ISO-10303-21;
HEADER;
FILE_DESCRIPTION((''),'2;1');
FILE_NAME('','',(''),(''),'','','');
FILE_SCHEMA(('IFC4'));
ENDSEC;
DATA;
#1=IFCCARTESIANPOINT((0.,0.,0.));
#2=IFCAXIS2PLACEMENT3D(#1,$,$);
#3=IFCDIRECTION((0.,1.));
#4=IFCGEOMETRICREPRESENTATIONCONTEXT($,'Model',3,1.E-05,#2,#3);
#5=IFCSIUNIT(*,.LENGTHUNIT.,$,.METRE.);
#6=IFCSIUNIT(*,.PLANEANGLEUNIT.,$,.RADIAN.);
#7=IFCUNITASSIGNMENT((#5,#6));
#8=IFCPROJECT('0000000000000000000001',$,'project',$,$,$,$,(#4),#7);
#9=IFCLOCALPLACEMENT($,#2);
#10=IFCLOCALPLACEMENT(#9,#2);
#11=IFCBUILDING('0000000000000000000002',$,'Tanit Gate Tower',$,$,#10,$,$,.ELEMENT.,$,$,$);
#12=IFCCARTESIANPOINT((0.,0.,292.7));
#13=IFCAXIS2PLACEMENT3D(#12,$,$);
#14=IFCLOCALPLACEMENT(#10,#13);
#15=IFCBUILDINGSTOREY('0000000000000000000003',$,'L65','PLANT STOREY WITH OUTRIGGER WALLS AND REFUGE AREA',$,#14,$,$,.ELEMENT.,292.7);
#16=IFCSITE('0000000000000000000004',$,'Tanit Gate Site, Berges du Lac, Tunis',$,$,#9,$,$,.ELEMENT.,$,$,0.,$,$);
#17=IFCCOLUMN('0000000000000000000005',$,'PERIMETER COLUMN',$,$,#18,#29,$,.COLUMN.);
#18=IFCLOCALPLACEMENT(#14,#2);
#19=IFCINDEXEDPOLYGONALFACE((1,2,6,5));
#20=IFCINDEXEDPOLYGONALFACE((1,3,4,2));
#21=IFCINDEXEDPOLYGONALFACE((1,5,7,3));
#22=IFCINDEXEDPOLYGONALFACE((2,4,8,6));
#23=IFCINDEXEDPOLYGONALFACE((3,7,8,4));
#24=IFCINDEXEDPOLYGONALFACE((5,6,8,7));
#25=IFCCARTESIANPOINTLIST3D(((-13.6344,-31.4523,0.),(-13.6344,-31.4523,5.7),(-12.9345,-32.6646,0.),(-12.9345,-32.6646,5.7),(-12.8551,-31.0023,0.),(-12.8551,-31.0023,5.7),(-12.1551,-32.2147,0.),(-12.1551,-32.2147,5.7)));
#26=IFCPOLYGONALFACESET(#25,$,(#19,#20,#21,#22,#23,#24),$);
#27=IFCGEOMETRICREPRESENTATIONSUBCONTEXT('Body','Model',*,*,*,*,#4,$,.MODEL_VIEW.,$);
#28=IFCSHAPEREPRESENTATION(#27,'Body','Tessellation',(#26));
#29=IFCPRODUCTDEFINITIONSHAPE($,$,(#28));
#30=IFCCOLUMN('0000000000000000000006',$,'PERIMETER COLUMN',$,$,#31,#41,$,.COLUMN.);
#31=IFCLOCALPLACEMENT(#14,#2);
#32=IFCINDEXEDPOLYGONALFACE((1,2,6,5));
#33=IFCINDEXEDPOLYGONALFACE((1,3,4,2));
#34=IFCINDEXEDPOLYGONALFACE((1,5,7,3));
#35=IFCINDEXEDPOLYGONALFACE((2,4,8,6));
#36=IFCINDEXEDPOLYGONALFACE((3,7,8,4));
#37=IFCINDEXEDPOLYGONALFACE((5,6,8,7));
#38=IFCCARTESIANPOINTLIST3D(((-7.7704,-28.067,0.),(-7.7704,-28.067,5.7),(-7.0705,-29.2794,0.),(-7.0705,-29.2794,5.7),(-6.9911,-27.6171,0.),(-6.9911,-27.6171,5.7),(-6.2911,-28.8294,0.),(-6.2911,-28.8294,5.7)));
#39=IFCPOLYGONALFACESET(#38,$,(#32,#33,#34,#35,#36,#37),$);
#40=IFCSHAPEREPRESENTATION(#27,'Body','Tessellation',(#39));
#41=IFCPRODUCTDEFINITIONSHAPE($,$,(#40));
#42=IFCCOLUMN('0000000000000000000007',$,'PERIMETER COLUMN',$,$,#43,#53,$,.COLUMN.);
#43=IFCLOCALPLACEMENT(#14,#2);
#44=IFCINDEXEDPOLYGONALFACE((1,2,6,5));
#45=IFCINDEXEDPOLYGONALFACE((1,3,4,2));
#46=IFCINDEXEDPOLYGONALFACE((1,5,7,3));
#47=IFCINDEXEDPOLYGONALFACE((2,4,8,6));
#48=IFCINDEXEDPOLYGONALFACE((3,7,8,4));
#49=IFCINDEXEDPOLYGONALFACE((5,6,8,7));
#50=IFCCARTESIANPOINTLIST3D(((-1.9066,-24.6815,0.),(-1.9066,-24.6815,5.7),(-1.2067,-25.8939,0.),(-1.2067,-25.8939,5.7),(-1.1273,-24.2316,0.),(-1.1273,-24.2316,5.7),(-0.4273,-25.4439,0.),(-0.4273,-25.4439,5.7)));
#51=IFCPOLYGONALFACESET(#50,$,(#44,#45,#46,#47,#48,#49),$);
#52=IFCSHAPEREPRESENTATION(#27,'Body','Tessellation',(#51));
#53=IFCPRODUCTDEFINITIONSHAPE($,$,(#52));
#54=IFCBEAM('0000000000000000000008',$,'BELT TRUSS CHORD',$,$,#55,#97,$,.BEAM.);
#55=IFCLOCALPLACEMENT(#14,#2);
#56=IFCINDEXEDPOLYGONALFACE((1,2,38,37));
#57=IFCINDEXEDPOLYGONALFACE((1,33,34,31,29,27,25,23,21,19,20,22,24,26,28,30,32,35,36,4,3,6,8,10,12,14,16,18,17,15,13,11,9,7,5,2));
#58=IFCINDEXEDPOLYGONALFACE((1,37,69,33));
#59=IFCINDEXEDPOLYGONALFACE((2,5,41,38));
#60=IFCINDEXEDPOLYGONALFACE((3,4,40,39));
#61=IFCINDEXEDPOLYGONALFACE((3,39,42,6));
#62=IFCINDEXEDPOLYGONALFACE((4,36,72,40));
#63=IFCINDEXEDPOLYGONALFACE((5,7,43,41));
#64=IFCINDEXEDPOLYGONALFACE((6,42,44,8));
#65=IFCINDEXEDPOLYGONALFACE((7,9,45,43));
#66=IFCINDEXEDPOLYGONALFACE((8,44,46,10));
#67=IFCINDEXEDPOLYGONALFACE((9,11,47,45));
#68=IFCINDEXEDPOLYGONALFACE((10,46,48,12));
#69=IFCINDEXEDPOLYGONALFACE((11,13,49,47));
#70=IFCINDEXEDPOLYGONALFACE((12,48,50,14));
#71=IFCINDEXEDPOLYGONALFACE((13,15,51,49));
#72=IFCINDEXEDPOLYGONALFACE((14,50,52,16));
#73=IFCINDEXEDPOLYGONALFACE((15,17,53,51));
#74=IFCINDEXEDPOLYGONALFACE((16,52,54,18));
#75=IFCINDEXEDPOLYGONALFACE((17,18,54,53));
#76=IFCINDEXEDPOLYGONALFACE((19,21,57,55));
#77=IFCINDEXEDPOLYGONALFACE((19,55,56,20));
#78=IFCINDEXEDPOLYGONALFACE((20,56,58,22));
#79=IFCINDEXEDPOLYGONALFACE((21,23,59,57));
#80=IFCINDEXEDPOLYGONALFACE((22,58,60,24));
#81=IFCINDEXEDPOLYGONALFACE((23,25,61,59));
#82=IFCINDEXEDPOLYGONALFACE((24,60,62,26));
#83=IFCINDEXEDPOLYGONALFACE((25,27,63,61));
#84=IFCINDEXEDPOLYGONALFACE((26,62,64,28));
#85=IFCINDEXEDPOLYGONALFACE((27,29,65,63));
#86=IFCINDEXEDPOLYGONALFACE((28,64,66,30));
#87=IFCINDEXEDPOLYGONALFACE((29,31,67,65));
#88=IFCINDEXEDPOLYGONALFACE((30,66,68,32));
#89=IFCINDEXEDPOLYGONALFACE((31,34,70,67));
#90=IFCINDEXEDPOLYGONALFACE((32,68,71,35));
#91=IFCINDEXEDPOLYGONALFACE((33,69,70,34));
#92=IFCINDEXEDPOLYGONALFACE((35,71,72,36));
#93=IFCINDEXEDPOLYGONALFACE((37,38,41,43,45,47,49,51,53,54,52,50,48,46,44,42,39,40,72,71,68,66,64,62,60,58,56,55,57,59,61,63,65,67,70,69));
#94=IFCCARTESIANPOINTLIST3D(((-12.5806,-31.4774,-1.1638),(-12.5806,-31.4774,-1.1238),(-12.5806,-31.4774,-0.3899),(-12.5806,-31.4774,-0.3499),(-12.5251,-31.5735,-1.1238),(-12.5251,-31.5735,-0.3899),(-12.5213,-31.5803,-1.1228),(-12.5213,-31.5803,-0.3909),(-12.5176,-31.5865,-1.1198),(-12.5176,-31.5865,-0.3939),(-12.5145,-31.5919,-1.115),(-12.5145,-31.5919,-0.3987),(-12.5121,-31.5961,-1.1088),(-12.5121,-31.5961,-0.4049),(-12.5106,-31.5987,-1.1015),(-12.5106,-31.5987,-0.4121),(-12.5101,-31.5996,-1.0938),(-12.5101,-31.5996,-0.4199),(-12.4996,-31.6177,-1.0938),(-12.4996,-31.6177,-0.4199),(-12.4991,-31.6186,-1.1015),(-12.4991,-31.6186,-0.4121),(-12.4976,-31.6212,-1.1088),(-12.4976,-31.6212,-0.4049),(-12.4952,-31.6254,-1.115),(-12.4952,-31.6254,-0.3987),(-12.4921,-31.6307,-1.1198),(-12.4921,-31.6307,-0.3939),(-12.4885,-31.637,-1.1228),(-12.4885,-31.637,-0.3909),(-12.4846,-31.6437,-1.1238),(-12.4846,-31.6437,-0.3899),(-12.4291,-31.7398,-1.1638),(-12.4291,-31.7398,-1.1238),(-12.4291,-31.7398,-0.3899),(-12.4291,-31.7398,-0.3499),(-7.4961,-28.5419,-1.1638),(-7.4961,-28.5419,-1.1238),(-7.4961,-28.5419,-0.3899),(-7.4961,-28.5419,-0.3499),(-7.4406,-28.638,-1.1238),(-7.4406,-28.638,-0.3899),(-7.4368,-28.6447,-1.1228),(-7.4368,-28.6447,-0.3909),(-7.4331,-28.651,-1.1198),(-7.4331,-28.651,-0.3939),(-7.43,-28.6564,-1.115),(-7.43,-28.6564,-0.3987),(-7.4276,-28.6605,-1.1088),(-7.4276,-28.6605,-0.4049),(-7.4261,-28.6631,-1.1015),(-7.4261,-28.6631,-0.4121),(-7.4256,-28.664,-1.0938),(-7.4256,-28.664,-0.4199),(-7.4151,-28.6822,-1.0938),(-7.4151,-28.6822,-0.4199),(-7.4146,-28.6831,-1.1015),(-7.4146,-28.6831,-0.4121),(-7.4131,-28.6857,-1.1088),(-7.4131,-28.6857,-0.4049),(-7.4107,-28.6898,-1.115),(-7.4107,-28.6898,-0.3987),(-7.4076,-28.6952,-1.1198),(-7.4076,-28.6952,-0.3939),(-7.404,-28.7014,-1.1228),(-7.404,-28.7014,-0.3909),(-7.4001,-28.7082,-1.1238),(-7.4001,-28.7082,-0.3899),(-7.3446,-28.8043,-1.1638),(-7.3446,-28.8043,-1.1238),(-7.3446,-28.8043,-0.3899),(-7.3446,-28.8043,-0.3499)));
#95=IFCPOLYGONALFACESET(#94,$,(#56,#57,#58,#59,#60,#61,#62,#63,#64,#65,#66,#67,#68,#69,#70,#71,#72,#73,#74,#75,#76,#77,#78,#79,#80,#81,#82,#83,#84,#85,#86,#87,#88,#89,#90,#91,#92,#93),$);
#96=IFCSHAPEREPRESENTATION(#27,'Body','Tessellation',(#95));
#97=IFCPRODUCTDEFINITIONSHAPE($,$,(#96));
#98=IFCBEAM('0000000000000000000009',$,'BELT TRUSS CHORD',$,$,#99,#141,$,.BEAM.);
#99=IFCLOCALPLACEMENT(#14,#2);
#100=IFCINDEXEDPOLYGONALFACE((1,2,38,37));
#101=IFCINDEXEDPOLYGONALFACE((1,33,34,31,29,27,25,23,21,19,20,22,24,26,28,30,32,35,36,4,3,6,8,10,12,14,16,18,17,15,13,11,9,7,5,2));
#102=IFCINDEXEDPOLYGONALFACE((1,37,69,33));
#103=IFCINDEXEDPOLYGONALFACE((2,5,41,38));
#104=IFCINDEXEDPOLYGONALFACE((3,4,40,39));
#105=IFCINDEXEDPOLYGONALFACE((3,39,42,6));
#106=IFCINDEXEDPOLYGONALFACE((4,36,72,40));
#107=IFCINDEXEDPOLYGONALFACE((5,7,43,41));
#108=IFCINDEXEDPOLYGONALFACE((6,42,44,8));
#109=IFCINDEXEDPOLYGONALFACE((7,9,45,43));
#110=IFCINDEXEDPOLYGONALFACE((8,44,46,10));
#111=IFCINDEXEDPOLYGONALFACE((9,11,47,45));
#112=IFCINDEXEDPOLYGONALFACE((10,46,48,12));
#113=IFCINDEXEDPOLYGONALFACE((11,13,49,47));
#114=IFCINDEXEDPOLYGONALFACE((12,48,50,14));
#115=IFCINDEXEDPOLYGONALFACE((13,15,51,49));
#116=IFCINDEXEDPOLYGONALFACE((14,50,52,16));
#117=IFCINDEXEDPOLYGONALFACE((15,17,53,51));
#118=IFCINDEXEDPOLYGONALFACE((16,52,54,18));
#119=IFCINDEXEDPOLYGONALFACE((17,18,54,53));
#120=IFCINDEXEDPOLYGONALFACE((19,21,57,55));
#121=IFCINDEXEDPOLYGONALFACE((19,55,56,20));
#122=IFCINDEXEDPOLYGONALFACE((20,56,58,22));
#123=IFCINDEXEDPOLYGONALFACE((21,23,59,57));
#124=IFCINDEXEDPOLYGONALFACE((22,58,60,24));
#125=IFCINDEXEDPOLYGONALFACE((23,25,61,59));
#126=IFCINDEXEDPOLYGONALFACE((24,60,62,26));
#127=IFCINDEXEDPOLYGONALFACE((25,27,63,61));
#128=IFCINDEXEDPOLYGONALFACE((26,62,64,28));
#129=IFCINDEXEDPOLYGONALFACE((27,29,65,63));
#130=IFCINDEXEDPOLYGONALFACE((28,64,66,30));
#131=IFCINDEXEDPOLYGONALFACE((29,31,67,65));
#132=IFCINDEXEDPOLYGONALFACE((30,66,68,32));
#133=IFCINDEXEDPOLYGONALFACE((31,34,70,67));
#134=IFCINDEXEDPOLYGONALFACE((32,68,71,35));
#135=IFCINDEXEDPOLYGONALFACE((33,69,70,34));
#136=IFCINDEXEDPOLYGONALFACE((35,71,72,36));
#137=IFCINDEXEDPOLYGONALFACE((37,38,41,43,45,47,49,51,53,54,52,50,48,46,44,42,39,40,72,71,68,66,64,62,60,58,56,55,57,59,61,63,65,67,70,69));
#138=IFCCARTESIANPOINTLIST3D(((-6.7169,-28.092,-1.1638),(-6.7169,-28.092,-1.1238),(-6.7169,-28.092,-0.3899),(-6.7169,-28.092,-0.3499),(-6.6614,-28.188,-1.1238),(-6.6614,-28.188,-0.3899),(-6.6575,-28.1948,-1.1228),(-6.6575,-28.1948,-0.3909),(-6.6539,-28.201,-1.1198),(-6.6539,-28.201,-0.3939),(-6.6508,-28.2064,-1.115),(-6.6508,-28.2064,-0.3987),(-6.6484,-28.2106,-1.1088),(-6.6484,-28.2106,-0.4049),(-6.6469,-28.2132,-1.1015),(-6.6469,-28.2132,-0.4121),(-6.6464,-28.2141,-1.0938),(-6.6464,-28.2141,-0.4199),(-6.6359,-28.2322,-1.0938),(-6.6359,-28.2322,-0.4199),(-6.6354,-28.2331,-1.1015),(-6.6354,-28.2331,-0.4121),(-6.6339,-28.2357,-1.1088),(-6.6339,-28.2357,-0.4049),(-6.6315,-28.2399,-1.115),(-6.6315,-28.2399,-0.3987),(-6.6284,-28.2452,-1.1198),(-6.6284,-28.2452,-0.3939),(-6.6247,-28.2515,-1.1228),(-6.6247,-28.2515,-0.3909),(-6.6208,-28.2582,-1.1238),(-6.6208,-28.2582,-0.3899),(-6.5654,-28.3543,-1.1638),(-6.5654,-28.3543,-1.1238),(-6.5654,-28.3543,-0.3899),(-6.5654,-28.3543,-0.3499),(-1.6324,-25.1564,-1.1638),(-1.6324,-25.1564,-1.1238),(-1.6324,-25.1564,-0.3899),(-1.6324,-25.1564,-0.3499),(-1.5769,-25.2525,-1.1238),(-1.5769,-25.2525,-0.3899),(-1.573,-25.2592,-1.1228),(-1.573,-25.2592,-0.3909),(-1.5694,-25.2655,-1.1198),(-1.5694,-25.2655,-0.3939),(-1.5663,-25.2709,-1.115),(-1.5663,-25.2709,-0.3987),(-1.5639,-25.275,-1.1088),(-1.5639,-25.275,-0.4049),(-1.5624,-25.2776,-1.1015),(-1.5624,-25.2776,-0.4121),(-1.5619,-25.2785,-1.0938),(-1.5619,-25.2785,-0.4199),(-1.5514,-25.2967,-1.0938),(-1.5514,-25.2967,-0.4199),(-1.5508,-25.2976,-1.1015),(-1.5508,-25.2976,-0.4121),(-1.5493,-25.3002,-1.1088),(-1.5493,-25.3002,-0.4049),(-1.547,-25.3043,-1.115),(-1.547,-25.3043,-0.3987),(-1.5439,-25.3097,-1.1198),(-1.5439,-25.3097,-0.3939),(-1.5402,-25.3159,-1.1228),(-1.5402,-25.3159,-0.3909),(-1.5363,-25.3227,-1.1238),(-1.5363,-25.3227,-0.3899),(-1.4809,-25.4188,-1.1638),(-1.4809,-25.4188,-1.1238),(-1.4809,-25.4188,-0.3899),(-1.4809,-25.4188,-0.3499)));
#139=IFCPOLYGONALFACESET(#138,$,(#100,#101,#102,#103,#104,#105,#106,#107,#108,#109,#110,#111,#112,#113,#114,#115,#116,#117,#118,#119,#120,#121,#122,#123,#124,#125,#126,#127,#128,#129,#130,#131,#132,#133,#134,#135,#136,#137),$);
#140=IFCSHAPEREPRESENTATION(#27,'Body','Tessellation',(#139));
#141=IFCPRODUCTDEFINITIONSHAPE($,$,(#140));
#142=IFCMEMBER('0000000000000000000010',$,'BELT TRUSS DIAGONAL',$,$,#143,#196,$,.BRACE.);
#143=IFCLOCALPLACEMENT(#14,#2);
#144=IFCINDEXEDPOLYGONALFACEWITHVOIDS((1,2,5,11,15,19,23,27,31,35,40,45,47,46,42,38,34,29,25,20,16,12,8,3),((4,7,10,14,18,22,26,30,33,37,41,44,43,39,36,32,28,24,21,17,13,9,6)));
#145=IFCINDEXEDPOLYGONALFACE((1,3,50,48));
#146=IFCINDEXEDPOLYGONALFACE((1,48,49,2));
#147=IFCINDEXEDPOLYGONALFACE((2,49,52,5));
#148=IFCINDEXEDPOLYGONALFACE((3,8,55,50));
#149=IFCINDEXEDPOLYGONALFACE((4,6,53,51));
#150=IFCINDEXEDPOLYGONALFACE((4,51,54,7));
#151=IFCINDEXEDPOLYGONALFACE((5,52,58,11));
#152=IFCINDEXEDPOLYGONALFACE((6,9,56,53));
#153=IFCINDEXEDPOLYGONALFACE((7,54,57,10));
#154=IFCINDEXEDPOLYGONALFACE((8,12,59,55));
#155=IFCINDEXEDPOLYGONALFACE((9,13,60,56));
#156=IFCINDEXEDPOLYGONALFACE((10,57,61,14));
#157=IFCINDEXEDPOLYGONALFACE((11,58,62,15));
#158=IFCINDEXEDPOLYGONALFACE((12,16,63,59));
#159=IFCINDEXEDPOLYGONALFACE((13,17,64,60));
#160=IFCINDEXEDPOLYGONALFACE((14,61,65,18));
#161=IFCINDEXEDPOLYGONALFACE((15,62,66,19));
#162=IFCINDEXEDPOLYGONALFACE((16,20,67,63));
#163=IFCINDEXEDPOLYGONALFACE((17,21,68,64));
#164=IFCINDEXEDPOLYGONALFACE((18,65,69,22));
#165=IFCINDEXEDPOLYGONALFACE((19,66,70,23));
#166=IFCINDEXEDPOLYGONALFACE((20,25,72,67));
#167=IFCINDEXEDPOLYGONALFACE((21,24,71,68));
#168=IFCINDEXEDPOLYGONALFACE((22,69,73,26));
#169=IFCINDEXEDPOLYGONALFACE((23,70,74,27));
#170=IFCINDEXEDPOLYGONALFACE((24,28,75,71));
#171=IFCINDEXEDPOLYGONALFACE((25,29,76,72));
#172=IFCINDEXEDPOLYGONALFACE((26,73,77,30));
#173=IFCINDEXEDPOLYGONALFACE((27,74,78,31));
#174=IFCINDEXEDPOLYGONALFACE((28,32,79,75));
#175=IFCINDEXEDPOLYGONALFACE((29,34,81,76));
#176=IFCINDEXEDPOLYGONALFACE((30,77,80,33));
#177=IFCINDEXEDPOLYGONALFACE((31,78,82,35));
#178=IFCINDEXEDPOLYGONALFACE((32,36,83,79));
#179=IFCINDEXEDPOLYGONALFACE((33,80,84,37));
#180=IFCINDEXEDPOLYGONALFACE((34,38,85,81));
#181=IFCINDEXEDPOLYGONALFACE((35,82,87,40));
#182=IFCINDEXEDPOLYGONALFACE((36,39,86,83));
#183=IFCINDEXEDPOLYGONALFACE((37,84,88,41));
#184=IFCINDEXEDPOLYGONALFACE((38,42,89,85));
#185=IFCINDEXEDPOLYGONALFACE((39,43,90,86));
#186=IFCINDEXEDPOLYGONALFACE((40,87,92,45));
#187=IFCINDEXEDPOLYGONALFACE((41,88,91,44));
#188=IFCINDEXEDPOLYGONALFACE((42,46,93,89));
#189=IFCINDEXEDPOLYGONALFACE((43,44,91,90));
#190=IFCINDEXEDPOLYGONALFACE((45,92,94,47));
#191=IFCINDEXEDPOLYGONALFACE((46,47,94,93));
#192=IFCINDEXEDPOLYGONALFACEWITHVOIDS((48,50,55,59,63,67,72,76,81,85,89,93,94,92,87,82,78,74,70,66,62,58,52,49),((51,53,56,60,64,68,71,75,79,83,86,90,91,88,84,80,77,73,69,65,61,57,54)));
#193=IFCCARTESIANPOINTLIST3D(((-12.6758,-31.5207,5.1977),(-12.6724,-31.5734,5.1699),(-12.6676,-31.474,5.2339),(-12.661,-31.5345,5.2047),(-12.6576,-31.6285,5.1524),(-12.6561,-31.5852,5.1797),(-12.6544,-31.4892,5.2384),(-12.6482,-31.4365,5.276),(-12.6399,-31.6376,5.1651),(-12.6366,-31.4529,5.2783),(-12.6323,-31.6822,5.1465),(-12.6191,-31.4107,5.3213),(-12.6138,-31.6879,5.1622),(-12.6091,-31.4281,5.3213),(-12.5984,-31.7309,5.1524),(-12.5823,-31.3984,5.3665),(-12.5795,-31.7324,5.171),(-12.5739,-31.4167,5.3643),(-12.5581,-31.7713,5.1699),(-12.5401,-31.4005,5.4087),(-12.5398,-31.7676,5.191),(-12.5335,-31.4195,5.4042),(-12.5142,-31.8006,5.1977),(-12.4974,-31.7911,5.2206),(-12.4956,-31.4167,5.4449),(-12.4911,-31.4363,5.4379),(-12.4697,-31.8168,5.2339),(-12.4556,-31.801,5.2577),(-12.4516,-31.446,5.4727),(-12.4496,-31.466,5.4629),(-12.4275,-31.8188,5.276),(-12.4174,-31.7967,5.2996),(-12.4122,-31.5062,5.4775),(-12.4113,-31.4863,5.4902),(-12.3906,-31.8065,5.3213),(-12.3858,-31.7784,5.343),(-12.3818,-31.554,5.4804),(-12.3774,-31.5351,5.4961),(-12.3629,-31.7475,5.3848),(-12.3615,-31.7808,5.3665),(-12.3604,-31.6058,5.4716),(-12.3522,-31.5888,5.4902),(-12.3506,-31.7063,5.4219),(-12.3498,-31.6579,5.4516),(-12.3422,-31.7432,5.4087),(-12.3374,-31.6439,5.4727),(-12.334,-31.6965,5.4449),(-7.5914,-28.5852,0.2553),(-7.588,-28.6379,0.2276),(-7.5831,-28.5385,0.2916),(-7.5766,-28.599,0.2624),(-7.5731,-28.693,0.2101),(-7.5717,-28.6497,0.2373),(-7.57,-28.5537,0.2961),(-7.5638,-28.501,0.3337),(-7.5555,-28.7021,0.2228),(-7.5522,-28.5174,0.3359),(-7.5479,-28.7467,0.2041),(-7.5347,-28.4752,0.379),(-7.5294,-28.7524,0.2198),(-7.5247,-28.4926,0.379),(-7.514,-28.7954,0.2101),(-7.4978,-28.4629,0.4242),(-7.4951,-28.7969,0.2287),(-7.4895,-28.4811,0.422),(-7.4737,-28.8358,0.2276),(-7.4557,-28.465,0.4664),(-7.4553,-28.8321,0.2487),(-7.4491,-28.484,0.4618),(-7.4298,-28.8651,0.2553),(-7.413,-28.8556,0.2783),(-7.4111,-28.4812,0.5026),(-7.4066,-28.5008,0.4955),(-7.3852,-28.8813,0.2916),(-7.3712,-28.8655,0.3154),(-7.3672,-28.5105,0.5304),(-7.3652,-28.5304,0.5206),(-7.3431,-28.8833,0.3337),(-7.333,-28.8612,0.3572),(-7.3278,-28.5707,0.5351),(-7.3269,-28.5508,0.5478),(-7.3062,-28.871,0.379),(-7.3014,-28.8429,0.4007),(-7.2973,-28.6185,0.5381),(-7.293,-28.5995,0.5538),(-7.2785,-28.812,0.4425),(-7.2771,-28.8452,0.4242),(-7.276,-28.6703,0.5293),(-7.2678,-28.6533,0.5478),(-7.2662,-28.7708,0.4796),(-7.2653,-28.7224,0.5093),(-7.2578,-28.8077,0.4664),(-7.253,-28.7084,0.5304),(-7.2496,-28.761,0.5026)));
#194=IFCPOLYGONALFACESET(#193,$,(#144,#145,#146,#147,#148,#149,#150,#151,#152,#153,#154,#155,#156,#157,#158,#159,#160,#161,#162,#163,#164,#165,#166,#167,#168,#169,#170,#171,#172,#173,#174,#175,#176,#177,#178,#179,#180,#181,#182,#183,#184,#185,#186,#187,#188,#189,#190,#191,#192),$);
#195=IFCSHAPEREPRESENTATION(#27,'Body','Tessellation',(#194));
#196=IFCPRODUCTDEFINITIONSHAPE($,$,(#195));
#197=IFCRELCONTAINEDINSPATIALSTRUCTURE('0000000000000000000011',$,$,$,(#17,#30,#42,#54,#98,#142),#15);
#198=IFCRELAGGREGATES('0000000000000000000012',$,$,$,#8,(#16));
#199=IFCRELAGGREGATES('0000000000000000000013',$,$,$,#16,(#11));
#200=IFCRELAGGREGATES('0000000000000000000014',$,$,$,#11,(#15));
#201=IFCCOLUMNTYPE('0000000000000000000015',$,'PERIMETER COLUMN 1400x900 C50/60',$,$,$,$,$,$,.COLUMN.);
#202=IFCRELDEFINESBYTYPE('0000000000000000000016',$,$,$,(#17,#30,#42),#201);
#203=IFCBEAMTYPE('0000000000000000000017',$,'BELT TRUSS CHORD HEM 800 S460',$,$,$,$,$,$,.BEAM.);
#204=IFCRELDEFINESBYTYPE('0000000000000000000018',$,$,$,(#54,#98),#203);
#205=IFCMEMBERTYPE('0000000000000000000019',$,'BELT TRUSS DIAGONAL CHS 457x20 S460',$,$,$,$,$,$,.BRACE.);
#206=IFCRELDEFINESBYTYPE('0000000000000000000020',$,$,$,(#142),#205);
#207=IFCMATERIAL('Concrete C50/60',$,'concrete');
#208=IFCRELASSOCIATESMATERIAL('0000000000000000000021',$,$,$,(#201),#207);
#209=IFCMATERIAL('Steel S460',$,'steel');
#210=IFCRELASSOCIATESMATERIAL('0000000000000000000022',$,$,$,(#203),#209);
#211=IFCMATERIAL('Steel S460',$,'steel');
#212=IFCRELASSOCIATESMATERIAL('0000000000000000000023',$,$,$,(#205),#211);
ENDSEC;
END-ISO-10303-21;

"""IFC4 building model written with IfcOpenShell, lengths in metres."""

from ifc_helpers import new_model, si_unit, direction, frame, origin, origin_2d, place, context, subcontext, project, spatial, rectangle, hollow_circle, i_section, extrude, material, material_profile, profile_set, type_object, element, save


model = new_model("IFC4")

# Units and contexts
model_context = context("Model", 3, precision=1e-05, world=origin(), true_north=direction((0.0, 1.0)))
body_context = subcontext(model_context, "Body", "Model", "MODEL_VIEW")
ifc_project = project(units=[si_unit("LENGTHUNIT", "METRE"), si_unit("PLANEANGLEUNIT", "RADIAN")], contexts=[model_context])

# Site, building, storey
site_placement = place(None, origin())
site = spatial("IfcSite", under=ifc_project, at=site_placement, Name="Tanit Gate Site, Berges du Lac, Tunis", CompositionType="ELEMENT", RefElevation=0.0)
building_placement = place(site_placement, origin())
building = spatial("IfcBuilding", under=site, at=building_placement, Name="Tanit Gate Tower", CompositionType="ELEMENT")
storey_placement = place(building_placement, frame((0.0, 0.0, 292.7)))
storey = spatial("IfcBuildingStorey", under=building, at=storey_placement, Name="L65", Description="PLANT STOREY WITH OUTRIGGER WALLS AND REFUGE AREA", CompositionType="ELEMENT", Elevation=292.7)

# Columns
ifc_material_1 = material(Name="Concrete C50/60", Category="concrete")
ifc_material_profile_1 = material_profile(ifc_material_1, rectangle(XDim=1.3999, YDim=0.8999, at=origin_2d()), Name="RC 1400x900")
ifc_profile_set_1 = profile_set([ifc_material_profile_1], Name="Concrete C50/60")
column_type = type_object("IfcColumnType", Name="PERIMETER COLUMN 1400x900 C50/60", PredefinedType="COLUMN", material=ifc_profile_set_1)
for number, where, z_axis, x_axis, name in (
    (1, (-12.8948, -31.8335, 0.0), (0.0, 0.0, 1.0), (0.5, -0.866025, 0.0), "PERIMETER COLUMN"),
    (2, (-7.0308, -28.4482, 0.0), (0.0, 0.0, 1.0), (0.5, -0.866025, 0.0), "PERIMETER COLUMN"),
    (3, (-1.167, -25.0627, 0.0), (0.0, 0.0, 1.0), (0.5, -0.866025, 0.0), "PERIMETER COLUMN"),
):
    element("IfcColumn", number, at=place(storey_placement, frame(where, z_axis=z_axis, x_axis=x_axis)), inside=storey, type_object=column_type, Name=name, PredefinedType="COLUMN", context=body_context, shape_type="SweptSolid", body=[
        extrude(rectangle(XDim=1.3999, YDim=0.8999, at=origin_2d()), origin(), (0.0, 0.0, 1.0), 5.7),
    ])

# Beams
ifc_material_2 = material(Name="Steel S460", Category="steel")
ifc_material_profile_2 = material_profile(ifc_material_2, i_section(OverallWidth=0.303, OverallDepth=0.814, WebThickness=0.021, FlangeThickness=0.04, FilletRadius=0.03, at=origin_2d()), Name="HEM 800")
ifc_profile_set_2 = profile_set([ifc_material_profile_2], Name="Steel S460")
beam_type_1 = type_object("IfcBeamType", Name="BELT TRUSS CHORD HEM 800 S460", PredefinedType="BEAM", material=ifc_profile_set_2)
for number, where, z_axis, x_axis, name in (
    (4, (-12.5049, -31.6086, -0.7568), (0.866024, 0.500003, 0.0), (-0.500003, 0.866024, 0.0), "BELT TRUSS CHORD"),
    (5, (-6.6411, -28.2231, -0.7568), (0.866024, 0.500003, 0.0), (-0.500003, 0.866024, 0.0), "BELT TRUSS CHORD"),
):
    element("IfcBeam", number, at=place(storey_placement, frame(where, z_axis=z_axis, x_axis=x_axis)), inside=storey, type_object=beam_type_1, Name=name, PredefinedType="BEAM", context=body_context, shape_type="SweptSolid", body=[
        extrude(i_section(OverallWidth=0.303, OverallDepth=0.814, WebThickness=0.021, FlangeThickness=0.04, FilletRadius=0.03, at=origin_2d()), origin(), (0.0, 0.0, 1.0), 5.8711),
    ])

# Member
ifc_material_3 = material(Name="Steel S460", Category="steel")
ifc_material_profile_3 = material_profile(ifc_material_3, hollow_circle(Radius=0.2285, WallThickness=0.02, at=origin_2d()), Name="CHS 457x20")
ifc_profile_set_3 = profile_set([ifc_material_profile_3], Name="Steel S460")
member_type = type_object("IfcMemberType", Name="BELT TRUSS DIAGONAL CHS 457x20 S460", PredefinedType="BRACE", material=ifc_profile_set_3)
for number, where, z_axis, x_axis, name in (
    (6, (-12.5049, -31.6086, 5.3213), (0.662524, 0.382511, -0.644009), (-0.500003, 0.866024, 0.0), "BELT TRUSS DIAGONAL"),
):
    element("IfcMember", number, at=place(storey_placement, frame(where, z_axis=z_axis, x_axis=x_axis)), inside=storey, type_object=member_type, Name=name, PredefinedType="BRACE", context=body_context, shape_type="SweptSolid", body=[
        extrude(hollow_circle(Radius=0.2285, WallThickness=0.02, at=origin_2d()), origin(), (0.0, 0.0, 1.0), 7.6743),
    ])

save(model, "model.ifc")
